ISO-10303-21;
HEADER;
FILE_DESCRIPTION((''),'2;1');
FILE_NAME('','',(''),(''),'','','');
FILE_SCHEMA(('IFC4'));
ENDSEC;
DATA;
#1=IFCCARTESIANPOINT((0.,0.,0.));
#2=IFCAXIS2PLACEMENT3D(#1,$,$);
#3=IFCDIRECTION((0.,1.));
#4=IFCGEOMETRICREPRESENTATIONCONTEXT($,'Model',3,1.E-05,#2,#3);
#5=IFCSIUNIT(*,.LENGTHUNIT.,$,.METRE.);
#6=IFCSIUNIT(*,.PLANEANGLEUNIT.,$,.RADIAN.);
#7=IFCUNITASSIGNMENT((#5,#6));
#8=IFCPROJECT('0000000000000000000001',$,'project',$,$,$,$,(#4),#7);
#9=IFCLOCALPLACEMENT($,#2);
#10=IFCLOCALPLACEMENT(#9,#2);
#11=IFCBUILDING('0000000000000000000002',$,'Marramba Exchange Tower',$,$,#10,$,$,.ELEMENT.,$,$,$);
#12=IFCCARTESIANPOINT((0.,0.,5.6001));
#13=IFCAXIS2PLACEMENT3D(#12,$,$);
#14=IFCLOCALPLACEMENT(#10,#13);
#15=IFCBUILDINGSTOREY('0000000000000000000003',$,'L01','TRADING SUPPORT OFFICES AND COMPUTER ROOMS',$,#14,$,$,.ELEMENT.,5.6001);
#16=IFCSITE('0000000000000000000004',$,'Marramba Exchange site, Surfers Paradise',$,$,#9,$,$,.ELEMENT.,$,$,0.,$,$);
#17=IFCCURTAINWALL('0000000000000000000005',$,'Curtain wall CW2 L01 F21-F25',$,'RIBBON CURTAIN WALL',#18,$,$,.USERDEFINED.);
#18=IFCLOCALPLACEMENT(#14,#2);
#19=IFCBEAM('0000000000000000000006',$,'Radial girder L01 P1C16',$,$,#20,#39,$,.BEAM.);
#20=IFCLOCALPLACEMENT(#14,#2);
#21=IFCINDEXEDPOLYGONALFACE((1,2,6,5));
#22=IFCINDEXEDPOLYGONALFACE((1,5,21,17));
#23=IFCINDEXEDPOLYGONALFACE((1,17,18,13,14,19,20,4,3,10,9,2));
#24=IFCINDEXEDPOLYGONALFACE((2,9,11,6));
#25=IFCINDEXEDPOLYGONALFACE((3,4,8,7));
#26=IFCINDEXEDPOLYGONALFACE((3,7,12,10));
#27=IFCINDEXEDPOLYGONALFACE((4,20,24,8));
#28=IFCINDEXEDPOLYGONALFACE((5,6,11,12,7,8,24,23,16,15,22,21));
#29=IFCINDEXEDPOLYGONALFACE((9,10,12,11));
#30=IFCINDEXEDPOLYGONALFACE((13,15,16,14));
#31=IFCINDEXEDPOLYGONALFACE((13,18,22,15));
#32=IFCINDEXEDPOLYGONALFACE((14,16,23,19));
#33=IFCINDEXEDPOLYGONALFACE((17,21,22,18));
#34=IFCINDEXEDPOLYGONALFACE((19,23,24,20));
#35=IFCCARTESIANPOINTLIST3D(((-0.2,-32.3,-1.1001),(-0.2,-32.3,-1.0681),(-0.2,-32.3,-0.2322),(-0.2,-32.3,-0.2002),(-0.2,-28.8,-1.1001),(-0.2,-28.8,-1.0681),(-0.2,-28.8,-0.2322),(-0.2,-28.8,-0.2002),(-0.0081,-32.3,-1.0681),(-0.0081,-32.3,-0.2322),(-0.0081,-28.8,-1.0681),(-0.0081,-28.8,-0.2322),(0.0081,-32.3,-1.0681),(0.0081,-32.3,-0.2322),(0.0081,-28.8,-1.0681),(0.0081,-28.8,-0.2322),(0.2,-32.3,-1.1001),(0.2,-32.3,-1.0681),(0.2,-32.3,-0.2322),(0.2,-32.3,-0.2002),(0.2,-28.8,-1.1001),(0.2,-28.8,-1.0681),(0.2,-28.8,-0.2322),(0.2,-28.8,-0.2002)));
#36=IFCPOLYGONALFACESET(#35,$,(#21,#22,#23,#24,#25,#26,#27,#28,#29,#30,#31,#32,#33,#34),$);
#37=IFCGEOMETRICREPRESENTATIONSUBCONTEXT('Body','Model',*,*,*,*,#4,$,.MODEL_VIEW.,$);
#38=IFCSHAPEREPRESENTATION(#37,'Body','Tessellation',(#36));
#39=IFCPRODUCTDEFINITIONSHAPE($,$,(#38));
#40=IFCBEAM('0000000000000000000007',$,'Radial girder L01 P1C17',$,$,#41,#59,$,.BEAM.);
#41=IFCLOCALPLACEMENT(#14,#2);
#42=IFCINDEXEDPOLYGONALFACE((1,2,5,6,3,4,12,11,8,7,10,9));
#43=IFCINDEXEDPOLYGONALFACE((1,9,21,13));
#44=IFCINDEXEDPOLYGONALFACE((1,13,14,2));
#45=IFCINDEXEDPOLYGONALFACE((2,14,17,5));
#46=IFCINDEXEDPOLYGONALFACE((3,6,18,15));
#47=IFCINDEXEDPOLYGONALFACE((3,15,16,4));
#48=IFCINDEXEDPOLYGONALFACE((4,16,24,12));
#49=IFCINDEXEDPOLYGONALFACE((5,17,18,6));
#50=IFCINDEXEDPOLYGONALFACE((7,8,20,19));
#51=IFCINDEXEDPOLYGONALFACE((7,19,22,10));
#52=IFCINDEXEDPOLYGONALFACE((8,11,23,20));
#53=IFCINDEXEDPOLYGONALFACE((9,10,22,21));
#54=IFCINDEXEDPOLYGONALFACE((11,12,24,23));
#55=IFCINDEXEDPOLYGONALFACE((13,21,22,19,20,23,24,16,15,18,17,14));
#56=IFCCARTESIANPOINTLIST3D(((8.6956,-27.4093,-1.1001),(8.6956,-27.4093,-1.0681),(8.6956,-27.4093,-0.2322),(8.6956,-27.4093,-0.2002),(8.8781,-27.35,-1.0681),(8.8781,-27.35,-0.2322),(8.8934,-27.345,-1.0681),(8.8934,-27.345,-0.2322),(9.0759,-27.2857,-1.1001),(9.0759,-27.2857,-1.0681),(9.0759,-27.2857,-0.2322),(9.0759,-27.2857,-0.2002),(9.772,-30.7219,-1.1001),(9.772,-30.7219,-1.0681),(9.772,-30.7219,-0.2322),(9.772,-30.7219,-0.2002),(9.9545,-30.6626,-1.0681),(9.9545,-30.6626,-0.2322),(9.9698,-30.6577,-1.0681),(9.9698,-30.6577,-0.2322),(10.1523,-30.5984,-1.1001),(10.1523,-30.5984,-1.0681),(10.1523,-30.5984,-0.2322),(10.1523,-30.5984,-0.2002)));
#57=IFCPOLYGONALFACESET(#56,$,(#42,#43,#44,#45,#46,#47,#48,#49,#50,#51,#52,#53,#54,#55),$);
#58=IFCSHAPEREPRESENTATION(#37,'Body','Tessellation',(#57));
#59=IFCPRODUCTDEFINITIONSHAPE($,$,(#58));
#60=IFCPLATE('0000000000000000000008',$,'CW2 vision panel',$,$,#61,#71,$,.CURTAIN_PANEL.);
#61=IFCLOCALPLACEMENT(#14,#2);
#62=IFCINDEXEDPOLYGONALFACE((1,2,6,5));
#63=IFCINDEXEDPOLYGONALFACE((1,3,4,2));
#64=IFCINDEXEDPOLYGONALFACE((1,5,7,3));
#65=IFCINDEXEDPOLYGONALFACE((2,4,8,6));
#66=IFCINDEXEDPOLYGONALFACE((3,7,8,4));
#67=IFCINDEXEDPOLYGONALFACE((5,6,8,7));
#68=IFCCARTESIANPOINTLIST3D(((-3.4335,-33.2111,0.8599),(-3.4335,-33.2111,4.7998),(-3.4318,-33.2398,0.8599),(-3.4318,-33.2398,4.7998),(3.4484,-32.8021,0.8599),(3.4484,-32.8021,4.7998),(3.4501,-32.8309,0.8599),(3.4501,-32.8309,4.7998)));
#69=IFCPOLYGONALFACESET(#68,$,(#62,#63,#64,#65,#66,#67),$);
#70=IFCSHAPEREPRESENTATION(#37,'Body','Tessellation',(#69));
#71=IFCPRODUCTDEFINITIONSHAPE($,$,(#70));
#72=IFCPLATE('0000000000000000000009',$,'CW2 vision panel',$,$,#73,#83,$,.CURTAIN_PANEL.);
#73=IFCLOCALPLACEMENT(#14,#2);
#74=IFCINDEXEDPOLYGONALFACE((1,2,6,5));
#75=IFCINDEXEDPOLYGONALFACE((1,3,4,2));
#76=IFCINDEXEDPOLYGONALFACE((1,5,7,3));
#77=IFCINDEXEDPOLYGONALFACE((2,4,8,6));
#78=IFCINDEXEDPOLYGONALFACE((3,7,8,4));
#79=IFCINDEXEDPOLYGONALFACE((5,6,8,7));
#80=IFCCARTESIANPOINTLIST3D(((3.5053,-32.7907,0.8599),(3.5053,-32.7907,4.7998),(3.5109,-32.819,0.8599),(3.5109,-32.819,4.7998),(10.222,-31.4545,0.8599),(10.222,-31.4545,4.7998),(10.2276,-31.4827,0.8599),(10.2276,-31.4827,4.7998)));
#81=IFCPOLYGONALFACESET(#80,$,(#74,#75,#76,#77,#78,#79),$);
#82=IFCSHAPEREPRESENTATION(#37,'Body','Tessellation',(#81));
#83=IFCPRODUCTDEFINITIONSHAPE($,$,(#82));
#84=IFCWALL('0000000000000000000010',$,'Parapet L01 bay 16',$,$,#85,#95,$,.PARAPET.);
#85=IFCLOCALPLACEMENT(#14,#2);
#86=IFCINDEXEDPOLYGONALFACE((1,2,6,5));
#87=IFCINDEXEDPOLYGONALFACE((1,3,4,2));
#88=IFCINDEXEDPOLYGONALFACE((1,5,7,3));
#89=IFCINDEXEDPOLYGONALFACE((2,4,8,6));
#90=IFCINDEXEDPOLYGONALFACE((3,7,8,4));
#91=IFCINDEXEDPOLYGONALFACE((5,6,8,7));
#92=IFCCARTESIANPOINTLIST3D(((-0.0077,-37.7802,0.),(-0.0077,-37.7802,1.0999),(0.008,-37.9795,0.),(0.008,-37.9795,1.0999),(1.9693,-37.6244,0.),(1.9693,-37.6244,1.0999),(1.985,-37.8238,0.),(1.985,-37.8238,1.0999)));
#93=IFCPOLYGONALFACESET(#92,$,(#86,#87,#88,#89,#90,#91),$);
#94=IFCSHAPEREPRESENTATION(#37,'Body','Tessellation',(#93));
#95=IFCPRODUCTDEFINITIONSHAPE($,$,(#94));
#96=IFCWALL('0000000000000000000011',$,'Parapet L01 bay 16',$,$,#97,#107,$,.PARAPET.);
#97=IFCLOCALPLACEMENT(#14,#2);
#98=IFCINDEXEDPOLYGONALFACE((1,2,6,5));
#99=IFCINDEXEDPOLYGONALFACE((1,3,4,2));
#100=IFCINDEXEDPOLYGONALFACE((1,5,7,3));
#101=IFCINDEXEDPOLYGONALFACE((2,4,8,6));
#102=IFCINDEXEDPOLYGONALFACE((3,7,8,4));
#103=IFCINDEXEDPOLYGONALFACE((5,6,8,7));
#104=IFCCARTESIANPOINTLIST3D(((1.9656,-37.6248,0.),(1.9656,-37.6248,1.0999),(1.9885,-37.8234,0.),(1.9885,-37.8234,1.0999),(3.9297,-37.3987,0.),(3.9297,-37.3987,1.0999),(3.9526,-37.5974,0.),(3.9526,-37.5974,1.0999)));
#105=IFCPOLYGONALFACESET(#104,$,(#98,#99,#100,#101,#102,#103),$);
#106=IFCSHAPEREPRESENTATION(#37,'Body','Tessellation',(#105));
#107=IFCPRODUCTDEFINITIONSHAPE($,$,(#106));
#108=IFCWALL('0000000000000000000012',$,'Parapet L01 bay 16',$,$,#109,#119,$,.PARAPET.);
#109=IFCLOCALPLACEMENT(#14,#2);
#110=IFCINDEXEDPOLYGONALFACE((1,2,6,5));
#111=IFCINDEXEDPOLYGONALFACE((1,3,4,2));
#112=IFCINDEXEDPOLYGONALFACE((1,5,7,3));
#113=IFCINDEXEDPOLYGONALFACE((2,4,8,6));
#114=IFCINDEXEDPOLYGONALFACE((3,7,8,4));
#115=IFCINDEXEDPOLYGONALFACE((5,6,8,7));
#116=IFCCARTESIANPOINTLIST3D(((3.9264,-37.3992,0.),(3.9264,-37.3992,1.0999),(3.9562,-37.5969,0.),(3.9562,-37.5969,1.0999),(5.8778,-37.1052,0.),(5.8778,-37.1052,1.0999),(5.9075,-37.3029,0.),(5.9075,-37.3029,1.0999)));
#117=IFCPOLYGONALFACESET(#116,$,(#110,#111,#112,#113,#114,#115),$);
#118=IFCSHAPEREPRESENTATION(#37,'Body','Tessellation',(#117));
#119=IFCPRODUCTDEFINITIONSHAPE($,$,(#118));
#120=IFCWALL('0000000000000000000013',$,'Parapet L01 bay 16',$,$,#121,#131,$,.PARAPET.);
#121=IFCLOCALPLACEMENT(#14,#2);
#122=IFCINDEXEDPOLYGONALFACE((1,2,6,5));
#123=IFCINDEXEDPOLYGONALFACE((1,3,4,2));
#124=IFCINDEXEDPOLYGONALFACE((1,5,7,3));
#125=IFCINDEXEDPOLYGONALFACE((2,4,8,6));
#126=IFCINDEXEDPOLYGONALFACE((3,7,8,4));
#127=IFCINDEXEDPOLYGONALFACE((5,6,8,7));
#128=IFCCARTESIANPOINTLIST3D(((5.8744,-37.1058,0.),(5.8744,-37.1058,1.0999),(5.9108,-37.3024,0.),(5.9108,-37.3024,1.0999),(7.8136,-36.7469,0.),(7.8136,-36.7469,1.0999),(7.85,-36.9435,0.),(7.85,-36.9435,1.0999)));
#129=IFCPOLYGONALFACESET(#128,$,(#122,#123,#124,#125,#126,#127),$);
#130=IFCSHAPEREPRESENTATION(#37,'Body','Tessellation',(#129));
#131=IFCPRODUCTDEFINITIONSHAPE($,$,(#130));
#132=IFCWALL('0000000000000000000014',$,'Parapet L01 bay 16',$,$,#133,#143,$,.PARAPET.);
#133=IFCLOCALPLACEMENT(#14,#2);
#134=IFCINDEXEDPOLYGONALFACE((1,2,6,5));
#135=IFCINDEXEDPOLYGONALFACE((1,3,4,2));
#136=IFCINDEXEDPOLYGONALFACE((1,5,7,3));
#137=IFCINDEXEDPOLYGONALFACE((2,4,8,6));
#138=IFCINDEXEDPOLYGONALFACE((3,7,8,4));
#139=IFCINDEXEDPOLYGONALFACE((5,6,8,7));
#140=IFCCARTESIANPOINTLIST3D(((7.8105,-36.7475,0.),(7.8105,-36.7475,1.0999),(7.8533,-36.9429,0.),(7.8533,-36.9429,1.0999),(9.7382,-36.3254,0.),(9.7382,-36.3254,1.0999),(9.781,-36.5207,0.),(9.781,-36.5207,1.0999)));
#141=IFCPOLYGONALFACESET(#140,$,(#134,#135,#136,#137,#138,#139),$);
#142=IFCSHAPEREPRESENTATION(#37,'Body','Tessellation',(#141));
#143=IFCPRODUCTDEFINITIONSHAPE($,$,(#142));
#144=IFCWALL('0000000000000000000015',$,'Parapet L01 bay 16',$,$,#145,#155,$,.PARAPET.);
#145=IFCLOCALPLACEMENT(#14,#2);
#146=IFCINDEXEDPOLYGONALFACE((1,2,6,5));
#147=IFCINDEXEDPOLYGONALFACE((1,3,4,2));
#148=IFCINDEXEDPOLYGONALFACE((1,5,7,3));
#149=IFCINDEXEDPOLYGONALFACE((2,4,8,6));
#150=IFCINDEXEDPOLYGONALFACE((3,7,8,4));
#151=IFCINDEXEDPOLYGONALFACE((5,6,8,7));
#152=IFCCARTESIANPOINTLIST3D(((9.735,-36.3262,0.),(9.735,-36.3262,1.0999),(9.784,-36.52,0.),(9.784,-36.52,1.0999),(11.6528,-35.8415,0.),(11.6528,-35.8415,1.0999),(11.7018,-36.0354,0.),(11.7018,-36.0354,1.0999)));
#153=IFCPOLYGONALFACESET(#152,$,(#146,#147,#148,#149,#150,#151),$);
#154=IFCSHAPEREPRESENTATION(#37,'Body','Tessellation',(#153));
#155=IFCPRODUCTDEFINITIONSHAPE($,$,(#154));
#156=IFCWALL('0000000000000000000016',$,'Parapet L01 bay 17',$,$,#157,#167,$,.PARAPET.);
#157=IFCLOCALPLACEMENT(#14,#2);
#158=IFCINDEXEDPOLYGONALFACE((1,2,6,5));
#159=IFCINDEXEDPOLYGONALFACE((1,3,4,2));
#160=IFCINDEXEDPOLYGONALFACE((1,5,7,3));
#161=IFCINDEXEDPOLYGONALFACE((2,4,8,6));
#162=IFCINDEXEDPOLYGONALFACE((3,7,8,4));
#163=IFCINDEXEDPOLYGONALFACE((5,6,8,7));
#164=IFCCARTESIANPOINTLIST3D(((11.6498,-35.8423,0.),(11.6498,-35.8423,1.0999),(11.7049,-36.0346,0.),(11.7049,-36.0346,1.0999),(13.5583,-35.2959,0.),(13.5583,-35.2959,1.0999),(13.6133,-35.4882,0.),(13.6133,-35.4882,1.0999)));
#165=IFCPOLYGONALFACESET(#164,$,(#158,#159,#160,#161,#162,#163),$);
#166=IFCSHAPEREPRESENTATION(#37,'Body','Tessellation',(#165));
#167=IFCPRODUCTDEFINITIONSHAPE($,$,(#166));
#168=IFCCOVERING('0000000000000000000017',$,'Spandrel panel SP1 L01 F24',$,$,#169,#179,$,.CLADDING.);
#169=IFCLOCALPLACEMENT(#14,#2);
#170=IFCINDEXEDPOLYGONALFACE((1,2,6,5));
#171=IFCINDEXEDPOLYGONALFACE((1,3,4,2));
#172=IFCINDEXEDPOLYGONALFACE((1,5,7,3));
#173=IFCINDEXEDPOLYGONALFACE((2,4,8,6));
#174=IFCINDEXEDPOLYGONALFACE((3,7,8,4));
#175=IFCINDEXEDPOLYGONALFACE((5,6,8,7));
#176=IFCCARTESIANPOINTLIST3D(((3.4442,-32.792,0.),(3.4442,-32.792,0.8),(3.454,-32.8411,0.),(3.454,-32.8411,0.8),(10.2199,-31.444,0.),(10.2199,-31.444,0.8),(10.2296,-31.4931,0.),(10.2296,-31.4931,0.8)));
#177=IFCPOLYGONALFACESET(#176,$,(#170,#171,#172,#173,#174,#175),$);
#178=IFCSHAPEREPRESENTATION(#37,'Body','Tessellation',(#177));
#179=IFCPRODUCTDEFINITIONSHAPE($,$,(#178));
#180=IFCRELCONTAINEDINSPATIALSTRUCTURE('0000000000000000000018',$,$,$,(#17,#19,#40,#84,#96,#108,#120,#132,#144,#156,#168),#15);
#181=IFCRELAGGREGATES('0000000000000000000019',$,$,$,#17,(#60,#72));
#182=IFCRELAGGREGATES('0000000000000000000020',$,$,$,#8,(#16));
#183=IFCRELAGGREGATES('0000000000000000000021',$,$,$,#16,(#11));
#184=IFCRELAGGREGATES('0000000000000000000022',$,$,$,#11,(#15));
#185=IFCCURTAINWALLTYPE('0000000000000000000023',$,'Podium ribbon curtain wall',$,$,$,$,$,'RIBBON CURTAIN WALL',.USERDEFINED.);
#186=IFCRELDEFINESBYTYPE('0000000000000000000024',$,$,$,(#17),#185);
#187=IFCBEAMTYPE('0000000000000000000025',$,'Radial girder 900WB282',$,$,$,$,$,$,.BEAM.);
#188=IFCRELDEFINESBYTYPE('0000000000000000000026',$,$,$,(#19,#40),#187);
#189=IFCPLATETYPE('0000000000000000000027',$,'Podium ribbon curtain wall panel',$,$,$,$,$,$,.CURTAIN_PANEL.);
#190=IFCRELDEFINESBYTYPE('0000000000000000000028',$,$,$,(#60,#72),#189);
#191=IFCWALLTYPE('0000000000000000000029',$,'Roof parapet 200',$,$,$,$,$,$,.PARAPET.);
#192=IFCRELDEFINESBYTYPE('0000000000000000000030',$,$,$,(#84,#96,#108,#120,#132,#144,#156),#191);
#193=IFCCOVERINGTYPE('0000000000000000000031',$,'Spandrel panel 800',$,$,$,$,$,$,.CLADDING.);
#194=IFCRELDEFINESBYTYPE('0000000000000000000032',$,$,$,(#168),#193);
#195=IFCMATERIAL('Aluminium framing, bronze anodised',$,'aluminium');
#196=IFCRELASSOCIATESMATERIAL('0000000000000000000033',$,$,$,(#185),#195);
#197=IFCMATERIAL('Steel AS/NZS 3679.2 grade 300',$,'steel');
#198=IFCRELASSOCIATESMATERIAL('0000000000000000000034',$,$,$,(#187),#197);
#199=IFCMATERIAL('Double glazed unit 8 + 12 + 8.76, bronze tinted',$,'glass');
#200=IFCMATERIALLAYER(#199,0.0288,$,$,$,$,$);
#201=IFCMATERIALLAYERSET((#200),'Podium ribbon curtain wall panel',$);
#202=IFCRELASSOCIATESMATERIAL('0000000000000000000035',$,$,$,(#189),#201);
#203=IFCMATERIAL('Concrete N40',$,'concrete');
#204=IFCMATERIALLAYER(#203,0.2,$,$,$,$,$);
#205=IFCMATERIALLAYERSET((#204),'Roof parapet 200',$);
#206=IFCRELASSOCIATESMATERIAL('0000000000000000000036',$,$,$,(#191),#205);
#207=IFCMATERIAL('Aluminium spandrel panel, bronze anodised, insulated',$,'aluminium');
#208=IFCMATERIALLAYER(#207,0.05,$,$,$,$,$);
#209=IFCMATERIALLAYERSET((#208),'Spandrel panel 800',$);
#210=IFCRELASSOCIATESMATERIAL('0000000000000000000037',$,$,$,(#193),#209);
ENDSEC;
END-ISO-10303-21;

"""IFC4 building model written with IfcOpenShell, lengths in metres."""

from ifc_helpers import new_model, si_unit, direction, frame, frame_2d, origin, origin_2d, place, context, subcontext, project, spatial, rectangle, i_section, extrude, material, layer, layer_set, material_profile, profile_set, type_object, element, aggregate, save


model = new_model("IFC4")

# Units and contexts
model_context = context("Model", 3, precision=1e-05, world=origin(), true_north=direction((0.0, 1.0)))
body_context = subcontext(model_context, "Body", "Model", "MODEL_VIEW")
ifc_project = project(units=[si_unit("LENGTHUNIT", "METRE"), si_unit("PLANEANGLEUNIT", "RADIAN")], contexts=[model_context])

# Site, building, storey
site_placement = place(None, origin())
site = spatial("IfcSite", under=ifc_project, at=site_placement, Name="Marramba Exchange site, Surfers Paradise", CompositionType="ELEMENT", RefElevation=0.0)
building_placement = place(site_placement, origin())
building = spatial("IfcBuilding", under=site, at=building_placement, Name="Marramba Exchange Tower", CompositionType="ELEMENT")
storey_placement = place(building_placement, frame((0.0, 0.0, 5.6001)))
storey = spatial("IfcBuildingStorey", under=building, at=storey_placement, Name="L01", Description="TRADING SUPPORT OFFICES AND COMPUTER ROOMS", CompositionType="ELEMENT", Elevation=5.6001)

# Curtain wall
ifc_material_1 = material(Name="Aluminium framing, bronze anodised", Category="aluminium")
curtain_wall_type = type_object("IfcCurtainWallType", Name="Podium ribbon curtain wall", ElementType="RIBBON CURTAIN WALL", PredefinedType="USERDEFINED", material=ifc_material_1)
curtain_wall_placement = place(storey_placement, origin())
curtain_wall = element("IfcCurtainWall", 1, at=curtain_wall_placement, inside=storey, type_object=curtain_wall_type, Name="Curtain wall CW2 L01 F21-F25", ObjectType="RIBBON CURTAIN WALL", PredefinedType="USERDEFINED")

# Beams
ifc_material_2 = material(Name="Steel AS/NZS 3679.2 grade 300", Category="steel")
ifc_material_profile_1 = material_profile(ifc_material_2, i_section(OverallWidth=0.3999, OverallDepth=0.8999, WebThickness=0.0161, FlangeThickness=0.032, at=origin_2d()), Name="900WB282")
ifc_profile_set_1 = profile_set([ifc_material_profile_1], Name="Steel AS/NZS 3679.2 grade 300")
beam_type_1 = type_object("IfcBeamType", Name="Radial girder 900WB282", PredefinedType="BEAM", material=ifc_profile_set_1)
beam_1_placement = place(storey_placement, frame((0.0, -32.3, -0.6501), z_axis=(0.0, 1.0, 0.0), x_axis=(-1.0, 0.0, 0.0)))
element("IfcBeam", 2, at=beam_1_placement, inside=storey, type_object=beam_type_1, Name="Radial girder L01 P1C16", PredefinedType="BEAM", context=body_context, shape_type="SweptSolid", body=[
    extrude(i_section(OverallWidth=0.3999, OverallDepth=0.8999, WebThickness=0.0161, FlangeThickness=0.032, at=origin_2d()), origin(), (0.0, 0.0, 1.0), 3.5),
])
beam_2_placement = place(storey_placement, frame((9.9622, -30.6602, -0.6501), z_axis=(-0.309027, 0.951053, 0.0), x_axis=(-0.951053, -0.309027, 0.0)))
element("IfcBeam", 3, at=beam_2_placement, inside=storey, type_object=beam_type_1, Name="Radial girder L01 P1C17", PredefinedType="BEAM", context=body_context, shape_type="SweptSolid", body=[
    extrude(i_section(OverallWidth=0.3999, OverallDepth=0.8999, WebThickness=0.0161, FlangeThickness=0.032, at=origin_2d()), origin(), (0.0, 0.0, 1.0), 3.4832),
])

# Plates
ifc_material_3 = material(Name="Double glazed unit 8 + 12 + 8.76, bronze tinted", Category="glass")
ifc_layer_1 = layer(ifc_material_3, 0.0288)
ifc_layer_set_1 = layer_set([ifc_layer_1], Name="Podium ribbon curtain wall panel")
plate_type = type_object("IfcPlateType", Name="Podium ribbon curtain wall panel", PredefinedType="CURTAIN_PANEL", material=ifc_layer_set_1)
plate_1_placement = place(storey_placement, frame((0.0083, -33.021, 0.8599), z_axis=(0.0, 0.0, 1.0), x_axis=(0.998239, 0.059317, 0.0)))
plate_1 = element("IfcPlate", 4, at=plate_1_placement, type_object=plate_type, Name="CW2 vision panel", PredefinedType="CURTAIN_PANEL", context=body_context, shape_type="SweptSolid", body=[
    extrude(rectangle(XDim=6.894, YDim=0.0288, at=origin_2d()), origin(), (0.0, 0.0, 1.0), 3.9399),
])
plate_2_placement = place(storey_placement, frame((6.8665, -32.1367, 0.8599), z_axis=(0.0, 0.0, 1.0), x_axis=(0.980779, 0.19512, 0.0)))
plate_2 = element("IfcPlate", 5, at=plate_2_placement, type_object=plate_type, Name="CW2 vision panel", PredefinedType="CURTAIN_PANEL", context=body_context, shape_type="SweptSolid", body=[
    extrude(rectangle(XDim=6.8484, YDim=0.0288, at=origin_2d()), origin(), (0.0, 0.0, 1.0), 3.9399),
])
aggregate(curtain_wall, [plate_1, plate_2])

# Walls
ifc_material_4 = material(Name="Concrete N40", Category="concrete")
ifc_layer_2 = layer(ifc_material_4, 0.2)
ifc_layer_set_2 = layer_set([ifc_layer_2], Name="Roof parapet 200")
wall_type = type_object("IfcWallType", Name="Roof parapet 200", PredefinedType="PARAPET", material=ifc_layer_set_2)
wall_1_placement = place(storey_placement, frame((0.0, -37.8799, 0.0), z_axis=(0.0, 0.0, 1.0), x_axis=(0.996911, 0.078542, 0.0)))
element("IfcWall", 6, at=wall_1_placement, inside=storey, type_object=wall_type, Name="Parapet L01 bay 16", PredefinedType="PARAPET", context=body_context, shape_type="SweptSolid", body=[
    extrude(rectangle(XDim=1.9832, YDim=0.2, at=frame_2d((0.9917, 0.0))), origin(), (0.0, 0.0, 1.0), 1.0999),
])
wall_2_placement = place(storey_placement, frame((1.9771, -37.7241, 0.0), z_axis=(0.0, 0.0, 1.0), x_axis=(0.993441, 0.114348, 0.0)))
element("IfcWall", 7, at=wall_2_placement, inside=storey, type_object=wall_type, Name="Parapet L01 bay 16", PredefinedType="PARAPET", context=body_context, shape_type="SweptSolid", body=[
    extrude(rectangle(XDim=1.9771, YDim=0.2, at=frame_2d((0.9885, 0.0))), origin(), (0.0, 0.0, 1.0), 1.0999),
])
wall_3_placement = place(storey_placement, frame((3.9412, -37.498, 0.0), z_axis=(0.0, 0.0, 1.0), x_axis=(0.988845, 0.148951, 0.0)))
element("IfcWall", 8, at=wall_3_placement, inside=storey, type_object=wall_type, Name="Parapet L01 bay 16", PredefinedType="PARAPET", context=body_context, shape_type="SweptSolid", body=[
    extrude(rectangle(XDim=1.9734, YDim=0.2, at=frame_2d((0.9868, 0.0))), origin(), (0.0, 0.0, 1.0), 1.0999),
])
wall_4_placement = place(storey_placement, frame((5.8926, -37.2041, 0.0), z_axis=(0.0, 0.0, 1.0), x_axis=(0.983303, 0.181978, 0.0)))
element("IfcWall", 9, at=wall_4_placement, inside=storey, type_object=wall_type, Name="Parapet L01 bay 16", PredefinedType="PARAPET", context=body_context, shape_type="SweptSolid", body=[
    extrude(rectangle(XDim=1.9722, YDim=0.2, at=frame_2d((0.9861, 0.0))), origin(), (0.0, 0.0, 1.0), 1.0999),
])
wall_5_placement = place(storey_placement, frame((7.8318, -36.8452, 0.0), z_axis=(0.0, 0.0, 1.0), x_axis=(0.976855, 0.213903, 0.0)))
element("IfcWall", 10, at=wall_5_placement, inside=storey, type_object=wall_type, Name="Parapet L01 bay 16", PredefinedType="PARAPET", context=body_context, shape_type="SweptSolid", body=[
    extrude(rectangle(XDim=1.9734, YDim=0.2, at=frame_2d((0.9868, 0.0))), origin(), (0.0, 0.0, 1.0), 1.0999),
])
wall_6_placement = place(storey_placement, frame((9.7595, -36.4231, 0.0), z_axis=(0.0, 0.0, 1.0), x_axis=(0.969522, 0.245003, 0.0)))
element("IfcWall", 11, at=wall_6_placement, inside=storey, type_object=wall_type, Name="Parapet L01 bay 16", PredefinedType="PARAPET", context=body_context, shape_type="SweptSolid", body=[
    extrude(rectangle(XDim=1.978, YDim=0.2, at=frame_2d((0.989, 0.0))), origin(), (0.0, 0.0, 1.0), 1.0999),
])
wall_7_placement = place(storey_placement, frame((11.6772, -35.9385, 0.0), z_axis=(0.0, 0.0, 1.0), x_axis=(0.961375, 0.275241, 0.0)))
element("IfcWall", 12, at=wall_7_placement, inside=storey, type_object=wall_type, Name="Parapet L01 bay 17", PredefinedType="PARAPET", context=body_context, shape_type="SweptSolid", body=[
    extrude(rectangle(XDim=1.9851, YDim=0.2, at=frame_2d((0.9927, 0.0))), origin(), (0.0, 0.0, 1.0), 1.0999),
])

# Covering
ifc_material_5 = material(Name="Aluminium spandrel panel, bronze anodised, insulated", Category="aluminium")
ifc_layer_3 = layer(ifc_material_5, 0.05)
ifc_layer_set_3 = layer_set([ifc_layer_3], Name="Spandrel panel 800")
covering_type = type_object("IfcCoveringType", Name="Spandrel panel 800", PredefinedType="CLADDING", material=ifc_layer_set_3)
covering_placement = place(storey_placement, frame((6.8369, -32.1426, 0.0), z_axis=(0.0, 0.0, 1.0), x_axis=(0.980779, 0.19512, 0.0)))
element("IfcCovering", 13, at=covering_placement, inside=storey, type_object=covering_type, Name="Spandrel panel SP1 L01 F24", PredefinedType="CLADDING", context=body_context, shape_type="SweptSolid", body=[
    extrude(rectangle(XDim=6.9084, YDim=0.05, at=origin_2d()), origin(), (0.0, 0.0, 1.0), 0.8),
])

save(model, "model.ifc")
